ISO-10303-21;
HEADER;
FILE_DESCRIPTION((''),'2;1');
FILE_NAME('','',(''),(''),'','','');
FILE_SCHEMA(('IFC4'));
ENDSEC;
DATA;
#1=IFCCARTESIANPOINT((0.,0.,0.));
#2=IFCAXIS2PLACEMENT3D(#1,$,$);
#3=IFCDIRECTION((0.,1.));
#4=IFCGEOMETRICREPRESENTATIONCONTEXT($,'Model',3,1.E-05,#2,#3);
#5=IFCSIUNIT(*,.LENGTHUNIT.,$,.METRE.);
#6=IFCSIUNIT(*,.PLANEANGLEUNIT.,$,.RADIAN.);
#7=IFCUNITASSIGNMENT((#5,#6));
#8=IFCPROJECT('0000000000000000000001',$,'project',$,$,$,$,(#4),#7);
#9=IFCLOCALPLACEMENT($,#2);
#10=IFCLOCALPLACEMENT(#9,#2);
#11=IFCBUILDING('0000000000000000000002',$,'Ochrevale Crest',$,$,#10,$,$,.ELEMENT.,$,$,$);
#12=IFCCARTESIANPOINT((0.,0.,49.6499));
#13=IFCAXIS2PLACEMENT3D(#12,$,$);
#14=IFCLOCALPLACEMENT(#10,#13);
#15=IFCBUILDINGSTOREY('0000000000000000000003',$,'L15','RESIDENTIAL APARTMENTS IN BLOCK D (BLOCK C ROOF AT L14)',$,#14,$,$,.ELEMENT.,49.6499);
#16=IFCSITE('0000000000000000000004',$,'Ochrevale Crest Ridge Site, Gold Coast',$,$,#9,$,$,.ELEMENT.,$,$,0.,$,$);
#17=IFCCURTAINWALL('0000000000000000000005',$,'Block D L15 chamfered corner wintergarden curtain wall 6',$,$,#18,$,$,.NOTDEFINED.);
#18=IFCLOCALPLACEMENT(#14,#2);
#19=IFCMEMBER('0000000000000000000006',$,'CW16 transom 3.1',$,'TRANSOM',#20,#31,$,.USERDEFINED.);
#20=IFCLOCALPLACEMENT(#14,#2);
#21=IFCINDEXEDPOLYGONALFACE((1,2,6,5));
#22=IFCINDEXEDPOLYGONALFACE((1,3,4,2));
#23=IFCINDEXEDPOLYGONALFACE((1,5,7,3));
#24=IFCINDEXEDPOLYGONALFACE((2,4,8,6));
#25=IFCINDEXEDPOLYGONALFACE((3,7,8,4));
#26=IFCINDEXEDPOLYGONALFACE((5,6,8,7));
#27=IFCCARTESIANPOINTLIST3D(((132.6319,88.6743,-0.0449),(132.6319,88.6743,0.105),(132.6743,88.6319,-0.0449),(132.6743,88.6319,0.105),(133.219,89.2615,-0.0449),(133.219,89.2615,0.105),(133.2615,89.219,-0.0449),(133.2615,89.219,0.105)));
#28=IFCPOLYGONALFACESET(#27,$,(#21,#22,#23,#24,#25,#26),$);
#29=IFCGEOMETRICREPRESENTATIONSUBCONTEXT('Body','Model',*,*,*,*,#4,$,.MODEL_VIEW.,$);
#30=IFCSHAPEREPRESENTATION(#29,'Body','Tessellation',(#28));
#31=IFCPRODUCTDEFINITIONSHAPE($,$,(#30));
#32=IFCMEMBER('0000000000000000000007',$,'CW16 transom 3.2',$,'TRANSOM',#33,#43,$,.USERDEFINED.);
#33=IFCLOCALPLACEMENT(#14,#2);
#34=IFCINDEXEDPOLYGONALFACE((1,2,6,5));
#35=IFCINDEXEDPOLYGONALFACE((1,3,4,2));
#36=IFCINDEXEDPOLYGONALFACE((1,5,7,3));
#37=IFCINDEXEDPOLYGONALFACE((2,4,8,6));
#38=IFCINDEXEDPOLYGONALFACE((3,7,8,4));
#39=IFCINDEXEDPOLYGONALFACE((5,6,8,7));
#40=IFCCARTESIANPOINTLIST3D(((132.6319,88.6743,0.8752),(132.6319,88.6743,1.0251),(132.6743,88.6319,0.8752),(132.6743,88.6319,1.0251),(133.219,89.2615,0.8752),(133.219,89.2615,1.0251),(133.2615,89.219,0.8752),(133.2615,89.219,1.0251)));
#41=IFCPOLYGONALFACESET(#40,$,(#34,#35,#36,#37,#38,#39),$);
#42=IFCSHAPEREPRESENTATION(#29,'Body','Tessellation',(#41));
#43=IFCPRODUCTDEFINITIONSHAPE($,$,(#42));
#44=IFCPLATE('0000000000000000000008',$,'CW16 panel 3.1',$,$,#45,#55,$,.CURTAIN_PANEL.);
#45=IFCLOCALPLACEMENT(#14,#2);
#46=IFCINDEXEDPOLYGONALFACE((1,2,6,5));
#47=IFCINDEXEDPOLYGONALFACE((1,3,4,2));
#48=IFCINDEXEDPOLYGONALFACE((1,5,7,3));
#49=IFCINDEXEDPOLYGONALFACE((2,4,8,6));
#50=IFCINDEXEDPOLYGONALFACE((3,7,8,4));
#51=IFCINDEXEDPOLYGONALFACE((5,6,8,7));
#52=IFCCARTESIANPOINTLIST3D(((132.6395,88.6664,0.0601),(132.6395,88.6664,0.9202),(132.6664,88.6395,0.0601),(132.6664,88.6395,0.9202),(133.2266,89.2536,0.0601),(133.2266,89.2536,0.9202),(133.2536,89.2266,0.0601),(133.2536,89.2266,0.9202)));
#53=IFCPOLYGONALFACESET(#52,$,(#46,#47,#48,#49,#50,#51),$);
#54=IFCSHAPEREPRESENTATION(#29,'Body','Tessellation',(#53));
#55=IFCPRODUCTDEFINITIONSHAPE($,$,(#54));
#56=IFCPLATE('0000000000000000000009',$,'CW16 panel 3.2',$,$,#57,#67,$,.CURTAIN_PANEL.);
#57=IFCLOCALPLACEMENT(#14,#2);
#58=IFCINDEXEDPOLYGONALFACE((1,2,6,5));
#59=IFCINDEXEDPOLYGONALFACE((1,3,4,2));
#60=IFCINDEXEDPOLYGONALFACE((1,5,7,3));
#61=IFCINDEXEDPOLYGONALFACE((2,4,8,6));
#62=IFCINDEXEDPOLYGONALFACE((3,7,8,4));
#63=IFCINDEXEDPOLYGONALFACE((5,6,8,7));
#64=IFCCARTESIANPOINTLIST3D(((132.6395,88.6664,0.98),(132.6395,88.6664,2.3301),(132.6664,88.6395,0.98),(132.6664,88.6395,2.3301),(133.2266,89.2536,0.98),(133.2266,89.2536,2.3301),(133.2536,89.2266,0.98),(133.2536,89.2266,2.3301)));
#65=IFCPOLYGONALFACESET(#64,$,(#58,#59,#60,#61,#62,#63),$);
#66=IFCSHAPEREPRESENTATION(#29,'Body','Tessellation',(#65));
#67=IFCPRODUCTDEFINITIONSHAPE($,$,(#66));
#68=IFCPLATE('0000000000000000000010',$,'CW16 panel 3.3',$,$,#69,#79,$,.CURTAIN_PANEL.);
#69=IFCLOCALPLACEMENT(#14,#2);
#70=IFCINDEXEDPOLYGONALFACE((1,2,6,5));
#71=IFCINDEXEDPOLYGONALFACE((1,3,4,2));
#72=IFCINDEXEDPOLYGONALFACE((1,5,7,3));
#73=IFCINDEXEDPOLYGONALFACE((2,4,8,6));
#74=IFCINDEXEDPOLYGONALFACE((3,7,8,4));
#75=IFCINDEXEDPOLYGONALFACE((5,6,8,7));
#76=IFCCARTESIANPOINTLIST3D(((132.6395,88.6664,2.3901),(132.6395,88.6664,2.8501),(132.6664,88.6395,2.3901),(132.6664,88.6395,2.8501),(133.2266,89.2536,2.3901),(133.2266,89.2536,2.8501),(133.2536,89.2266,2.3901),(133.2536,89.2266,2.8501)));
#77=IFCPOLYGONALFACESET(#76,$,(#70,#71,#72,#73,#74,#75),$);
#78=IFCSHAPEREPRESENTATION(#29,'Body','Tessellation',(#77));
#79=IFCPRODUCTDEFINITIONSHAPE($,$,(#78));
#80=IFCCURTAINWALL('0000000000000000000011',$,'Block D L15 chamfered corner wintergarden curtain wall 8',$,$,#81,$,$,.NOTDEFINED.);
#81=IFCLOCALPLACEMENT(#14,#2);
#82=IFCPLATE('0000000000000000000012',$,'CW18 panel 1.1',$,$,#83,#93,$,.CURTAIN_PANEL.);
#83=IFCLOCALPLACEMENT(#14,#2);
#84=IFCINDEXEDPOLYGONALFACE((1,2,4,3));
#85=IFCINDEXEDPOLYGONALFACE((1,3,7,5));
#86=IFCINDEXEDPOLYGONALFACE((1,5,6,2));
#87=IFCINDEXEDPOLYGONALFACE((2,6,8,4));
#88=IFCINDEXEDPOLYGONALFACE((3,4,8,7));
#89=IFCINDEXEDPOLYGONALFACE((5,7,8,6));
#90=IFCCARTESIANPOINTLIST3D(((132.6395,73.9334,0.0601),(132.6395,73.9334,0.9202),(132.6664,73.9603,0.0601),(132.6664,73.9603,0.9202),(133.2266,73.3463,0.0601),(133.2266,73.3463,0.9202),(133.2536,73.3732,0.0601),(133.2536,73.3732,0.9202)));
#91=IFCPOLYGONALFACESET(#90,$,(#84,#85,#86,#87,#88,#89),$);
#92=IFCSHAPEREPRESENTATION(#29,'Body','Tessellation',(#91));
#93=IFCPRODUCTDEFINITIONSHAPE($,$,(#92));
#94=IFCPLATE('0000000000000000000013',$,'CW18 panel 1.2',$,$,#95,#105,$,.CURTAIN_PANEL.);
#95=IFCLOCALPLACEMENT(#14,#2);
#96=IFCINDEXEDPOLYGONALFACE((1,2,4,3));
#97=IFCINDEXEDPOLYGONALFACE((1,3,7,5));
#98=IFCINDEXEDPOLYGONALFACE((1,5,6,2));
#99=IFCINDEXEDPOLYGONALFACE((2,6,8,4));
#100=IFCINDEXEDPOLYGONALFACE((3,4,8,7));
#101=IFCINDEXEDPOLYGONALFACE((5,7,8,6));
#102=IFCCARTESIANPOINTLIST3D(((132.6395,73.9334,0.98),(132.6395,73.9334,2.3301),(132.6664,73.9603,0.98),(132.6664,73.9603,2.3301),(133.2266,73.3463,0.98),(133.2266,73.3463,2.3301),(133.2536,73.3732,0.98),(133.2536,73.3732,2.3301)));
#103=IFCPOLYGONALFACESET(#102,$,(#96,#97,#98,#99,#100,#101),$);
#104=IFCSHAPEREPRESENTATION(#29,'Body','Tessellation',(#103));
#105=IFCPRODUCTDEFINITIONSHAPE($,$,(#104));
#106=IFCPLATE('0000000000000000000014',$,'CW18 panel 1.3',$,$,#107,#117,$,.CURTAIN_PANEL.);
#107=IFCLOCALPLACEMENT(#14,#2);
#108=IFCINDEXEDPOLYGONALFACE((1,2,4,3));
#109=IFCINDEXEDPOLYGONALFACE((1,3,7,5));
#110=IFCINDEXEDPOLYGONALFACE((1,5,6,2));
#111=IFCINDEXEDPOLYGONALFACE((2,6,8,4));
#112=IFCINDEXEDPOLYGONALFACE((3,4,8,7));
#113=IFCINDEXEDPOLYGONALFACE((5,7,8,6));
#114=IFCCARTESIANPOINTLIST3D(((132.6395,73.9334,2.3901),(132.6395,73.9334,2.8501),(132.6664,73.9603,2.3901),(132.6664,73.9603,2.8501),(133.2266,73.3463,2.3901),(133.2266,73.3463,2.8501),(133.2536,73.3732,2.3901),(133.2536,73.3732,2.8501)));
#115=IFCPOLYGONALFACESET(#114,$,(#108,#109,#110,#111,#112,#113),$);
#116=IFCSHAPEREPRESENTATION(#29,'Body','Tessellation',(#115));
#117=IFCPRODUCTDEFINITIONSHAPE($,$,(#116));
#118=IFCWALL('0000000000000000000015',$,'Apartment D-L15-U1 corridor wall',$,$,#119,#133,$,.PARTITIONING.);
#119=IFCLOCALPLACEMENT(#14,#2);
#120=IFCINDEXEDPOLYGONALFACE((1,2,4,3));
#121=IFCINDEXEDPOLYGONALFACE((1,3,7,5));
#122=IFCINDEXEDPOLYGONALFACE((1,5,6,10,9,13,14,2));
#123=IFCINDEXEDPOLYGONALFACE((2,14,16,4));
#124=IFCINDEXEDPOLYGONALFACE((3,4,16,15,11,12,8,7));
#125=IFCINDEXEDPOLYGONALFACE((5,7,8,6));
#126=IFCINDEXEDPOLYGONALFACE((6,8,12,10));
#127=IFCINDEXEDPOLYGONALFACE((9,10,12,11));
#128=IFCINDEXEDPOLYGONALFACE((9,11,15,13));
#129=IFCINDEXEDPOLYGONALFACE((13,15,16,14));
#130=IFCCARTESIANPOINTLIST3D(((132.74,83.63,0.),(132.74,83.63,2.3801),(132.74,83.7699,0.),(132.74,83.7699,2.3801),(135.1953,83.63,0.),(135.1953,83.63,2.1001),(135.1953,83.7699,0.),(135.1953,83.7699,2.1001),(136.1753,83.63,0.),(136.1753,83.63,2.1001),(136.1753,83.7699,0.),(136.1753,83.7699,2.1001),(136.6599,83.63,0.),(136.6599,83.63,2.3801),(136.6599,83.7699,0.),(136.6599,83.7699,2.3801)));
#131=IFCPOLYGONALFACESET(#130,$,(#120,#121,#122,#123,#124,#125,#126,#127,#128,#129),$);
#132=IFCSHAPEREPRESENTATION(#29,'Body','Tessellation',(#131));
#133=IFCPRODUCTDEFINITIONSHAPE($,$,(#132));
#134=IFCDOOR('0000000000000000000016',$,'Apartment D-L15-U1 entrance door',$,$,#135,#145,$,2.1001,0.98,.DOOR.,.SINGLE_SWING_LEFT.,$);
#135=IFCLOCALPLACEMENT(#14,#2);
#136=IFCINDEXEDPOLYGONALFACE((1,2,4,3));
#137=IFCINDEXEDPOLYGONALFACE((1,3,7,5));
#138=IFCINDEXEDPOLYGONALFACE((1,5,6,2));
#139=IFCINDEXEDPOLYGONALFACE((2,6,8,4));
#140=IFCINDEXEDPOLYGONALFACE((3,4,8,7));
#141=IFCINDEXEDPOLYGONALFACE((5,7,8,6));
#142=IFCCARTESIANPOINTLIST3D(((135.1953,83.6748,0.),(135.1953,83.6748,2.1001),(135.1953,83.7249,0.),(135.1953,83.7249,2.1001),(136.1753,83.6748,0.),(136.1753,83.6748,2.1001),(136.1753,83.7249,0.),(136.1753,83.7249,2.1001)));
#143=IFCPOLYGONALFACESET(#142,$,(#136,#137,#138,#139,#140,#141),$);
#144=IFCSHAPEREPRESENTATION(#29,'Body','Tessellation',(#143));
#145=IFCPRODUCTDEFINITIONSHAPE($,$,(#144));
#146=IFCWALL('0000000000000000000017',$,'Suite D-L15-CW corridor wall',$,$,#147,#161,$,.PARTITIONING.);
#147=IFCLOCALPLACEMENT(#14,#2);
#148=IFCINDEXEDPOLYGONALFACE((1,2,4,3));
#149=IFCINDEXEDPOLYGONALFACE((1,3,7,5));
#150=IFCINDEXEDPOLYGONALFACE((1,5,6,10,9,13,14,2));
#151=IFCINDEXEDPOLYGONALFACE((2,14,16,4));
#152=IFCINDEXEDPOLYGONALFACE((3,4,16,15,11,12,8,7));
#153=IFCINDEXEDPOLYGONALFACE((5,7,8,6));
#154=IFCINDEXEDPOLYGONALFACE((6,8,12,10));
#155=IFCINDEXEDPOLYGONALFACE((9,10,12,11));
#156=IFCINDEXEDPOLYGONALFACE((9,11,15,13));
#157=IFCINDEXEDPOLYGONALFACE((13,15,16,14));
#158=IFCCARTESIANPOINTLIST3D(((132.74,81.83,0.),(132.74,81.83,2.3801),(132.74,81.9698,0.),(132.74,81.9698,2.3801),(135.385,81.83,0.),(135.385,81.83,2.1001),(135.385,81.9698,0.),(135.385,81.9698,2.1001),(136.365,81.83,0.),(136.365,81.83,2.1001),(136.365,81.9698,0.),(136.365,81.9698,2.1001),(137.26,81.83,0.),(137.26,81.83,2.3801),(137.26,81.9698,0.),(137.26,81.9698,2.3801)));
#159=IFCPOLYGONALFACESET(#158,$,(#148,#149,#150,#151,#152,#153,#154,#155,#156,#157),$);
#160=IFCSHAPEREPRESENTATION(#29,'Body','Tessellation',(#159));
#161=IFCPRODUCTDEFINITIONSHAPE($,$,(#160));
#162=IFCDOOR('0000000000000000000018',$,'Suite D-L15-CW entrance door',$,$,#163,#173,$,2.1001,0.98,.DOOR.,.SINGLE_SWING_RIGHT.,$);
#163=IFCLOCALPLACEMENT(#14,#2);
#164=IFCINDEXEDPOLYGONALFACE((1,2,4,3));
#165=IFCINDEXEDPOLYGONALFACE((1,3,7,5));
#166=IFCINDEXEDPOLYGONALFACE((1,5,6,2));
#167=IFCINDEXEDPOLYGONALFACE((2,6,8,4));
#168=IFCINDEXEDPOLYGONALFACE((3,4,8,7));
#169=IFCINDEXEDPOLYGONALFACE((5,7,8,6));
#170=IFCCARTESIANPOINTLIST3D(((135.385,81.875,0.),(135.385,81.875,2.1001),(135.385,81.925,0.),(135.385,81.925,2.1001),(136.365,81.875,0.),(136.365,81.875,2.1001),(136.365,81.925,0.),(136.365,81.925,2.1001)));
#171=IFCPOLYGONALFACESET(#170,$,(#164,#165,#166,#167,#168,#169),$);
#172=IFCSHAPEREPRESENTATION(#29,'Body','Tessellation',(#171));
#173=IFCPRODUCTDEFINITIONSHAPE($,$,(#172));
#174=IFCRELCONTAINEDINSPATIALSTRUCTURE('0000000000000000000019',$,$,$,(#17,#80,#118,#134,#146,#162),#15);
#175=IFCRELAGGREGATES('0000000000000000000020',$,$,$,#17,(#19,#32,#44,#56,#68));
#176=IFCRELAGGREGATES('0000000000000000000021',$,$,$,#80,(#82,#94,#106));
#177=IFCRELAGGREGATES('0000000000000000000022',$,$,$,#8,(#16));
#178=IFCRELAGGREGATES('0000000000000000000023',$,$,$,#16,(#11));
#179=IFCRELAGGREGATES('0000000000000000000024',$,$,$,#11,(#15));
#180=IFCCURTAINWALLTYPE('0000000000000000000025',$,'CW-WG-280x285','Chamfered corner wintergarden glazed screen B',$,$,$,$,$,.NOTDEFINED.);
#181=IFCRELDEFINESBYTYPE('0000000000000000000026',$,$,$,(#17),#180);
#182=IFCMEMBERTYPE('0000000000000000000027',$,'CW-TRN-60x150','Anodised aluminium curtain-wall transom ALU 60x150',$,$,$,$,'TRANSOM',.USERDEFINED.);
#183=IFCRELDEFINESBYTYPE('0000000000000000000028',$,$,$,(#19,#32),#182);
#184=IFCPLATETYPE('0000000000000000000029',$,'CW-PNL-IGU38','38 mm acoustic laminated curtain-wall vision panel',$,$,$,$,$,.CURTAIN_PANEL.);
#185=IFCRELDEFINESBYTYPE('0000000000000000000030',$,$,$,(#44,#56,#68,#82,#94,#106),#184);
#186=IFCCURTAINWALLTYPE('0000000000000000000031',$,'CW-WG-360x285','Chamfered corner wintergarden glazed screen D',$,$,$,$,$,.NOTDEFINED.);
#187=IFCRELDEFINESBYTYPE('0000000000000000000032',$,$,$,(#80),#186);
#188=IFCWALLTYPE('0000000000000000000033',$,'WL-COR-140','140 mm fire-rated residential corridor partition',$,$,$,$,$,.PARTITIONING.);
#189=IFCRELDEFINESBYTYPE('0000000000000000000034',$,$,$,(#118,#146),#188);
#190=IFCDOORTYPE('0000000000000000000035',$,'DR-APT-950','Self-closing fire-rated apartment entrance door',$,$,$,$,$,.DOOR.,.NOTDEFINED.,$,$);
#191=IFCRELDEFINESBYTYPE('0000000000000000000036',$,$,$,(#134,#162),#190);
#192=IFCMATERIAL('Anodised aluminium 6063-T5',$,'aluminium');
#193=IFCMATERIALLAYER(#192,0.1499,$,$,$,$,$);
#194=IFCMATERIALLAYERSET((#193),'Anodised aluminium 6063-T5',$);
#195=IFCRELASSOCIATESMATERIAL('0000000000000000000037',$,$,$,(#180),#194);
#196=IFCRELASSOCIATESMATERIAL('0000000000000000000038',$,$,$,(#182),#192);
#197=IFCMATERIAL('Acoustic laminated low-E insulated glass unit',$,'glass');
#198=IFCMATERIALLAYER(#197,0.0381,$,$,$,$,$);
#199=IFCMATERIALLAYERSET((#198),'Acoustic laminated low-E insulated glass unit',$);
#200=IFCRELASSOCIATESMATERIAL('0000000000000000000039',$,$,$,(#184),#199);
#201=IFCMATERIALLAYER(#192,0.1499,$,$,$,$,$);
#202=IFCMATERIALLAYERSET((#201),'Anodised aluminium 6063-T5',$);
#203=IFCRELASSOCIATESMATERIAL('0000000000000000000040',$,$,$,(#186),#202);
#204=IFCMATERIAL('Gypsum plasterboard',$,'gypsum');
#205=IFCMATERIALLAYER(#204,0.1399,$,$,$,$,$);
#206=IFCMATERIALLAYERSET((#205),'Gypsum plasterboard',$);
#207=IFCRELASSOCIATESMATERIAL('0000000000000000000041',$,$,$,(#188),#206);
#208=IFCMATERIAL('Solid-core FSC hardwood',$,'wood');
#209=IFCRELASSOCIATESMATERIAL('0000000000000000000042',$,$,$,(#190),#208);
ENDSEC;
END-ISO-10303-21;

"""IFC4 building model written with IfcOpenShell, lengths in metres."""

from ifc_helpers import new_model, si_unit, direction, frame, frame_2d, origin, origin_2d, place, context, subcontext, project, spatial, rectangle, extrude, material, layer, layer_set, material_profile, profile_set, type_object, element, fill, aggregate, save


model = new_model("IFC4")

# Units and contexts
model_context = context("Model", 3, precision=1e-05, world=origin(), true_north=direction((0.0, 1.0)))
body_context = subcontext(model_context, "Body", "Model", "MODEL_VIEW")
ifc_project = project(units=[si_unit("LENGTHUNIT", "METRE"), si_unit("PLANEANGLEUNIT", "RADIAN")], contexts=[model_context])

# Site, building, storey
site_placement = place(None, origin())
site = spatial("IfcSite", under=ifc_project, at=site_placement, Name="Ochrevale Crest Ridge Site, Gold Coast", CompositionType="ELEMENT", RefElevation=0.0)
building_placement = place(site_placement, origin())
building = spatial("IfcBuilding", under=site, at=building_placement, Name="Ochrevale Crest", CompositionType="ELEMENT")
storey_placement = place(building_placement, frame((0.0, 0.0, 49.6499)))
storey = spatial("IfcBuildingStorey", under=building, at=storey_placement, Name="L15", Description="RESIDENTIAL APARTMENTS IN BLOCK D (BLOCK C ROOF AT L14)", CompositionType="ELEMENT", Elevation=49.6499)

# Curtain wall, members, plates
ifc_material_1 = material(Name="Anodised aluminium 6063-T5", Category="aluminium")
ifc_layer_1 = layer(ifc_material_1, 0.1499)
ifc_layer_set_1 = layer_set([ifc_layer_1], Name="Anodised aluminium 6063-T5")
curtain_wall_type_1 = type_object("IfcCurtainWallType", Name="CW-WG-280x285", Description="Chamfered corner wintergarden glazed screen B", PredefinedType="NOTDEFINED", material=ifc_layer_set_1)
curtain_wall_1_placement = place(storey_placement, origin())
curtain_wall_1 = element("IfcCurtainWall", 1, at=curtain_wall_1_placement, inside=storey, type_object=curtain_wall_type_1, Name="Block D L15 chamfered corner wintergarden curtain wall 6", PredefinedType="NOTDEFINED")
ifc_material_profile = material_profile(ifc_material_1, rectangle(XDim=0.0601, YDim=0.1499, at=origin_2d()), Name="ALU 60x150")
ifc_profile_set = profile_set([ifc_material_profile], Name="Anodised aluminium 6063-T5")
member_type = type_object("IfcMemberType", Name="CW-TRN-60x150", Description="Anodised aluminium curtain-wall transom ALU 60x150", ElementType="TRANSOM", PredefinedType="USERDEFINED", material=ifc_profile_set)
member_1_placement = place(storey_placement, frame((133.2402, 89.2402, 0.03), z_axis=(-0.707107, -0.707107, 0.0), x_axis=(0.707107, -0.707107, 0.0)))
member_1 = element("IfcMember", 2, at=member_1_placement, type_object=member_type, Name="CW16 transom 3.1", ObjectType="TRANSOM", PredefinedType="USERDEFINED", context=body_context, shape_type="SweptSolid", body=[
    extrude(rectangle(XDim=0.0601, YDim=0.1499, at=origin_2d()), origin(), (0.0, 0.0, 1.0), 0.8303),
])
member_2_placement = place(storey_placement, frame((133.2402, 89.2402, 0.9502), z_axis=(-0.707107, -0.707107, 0.0), x_axis=(0.707107, -0.707107, 0.0)))
member_2 = element("IfcMember", 3, at=member_2_placement, type_object=member_type, Name="CW16 transom 3.2", ObjectType="TRANSOM", PredefinedType="USERDEFINED", context=body_context, shape_type="SweptSolid", body=[
    extrude(rectangle(XDim=0.0601, YDim=0.1499, at=origin_2d()), origin(), (0.0, 0.0, 1.0), 0.8303),
])
ifc_material_2 = material(Name="Acoustic laminated low-E insulated glass unit", Category="glass")
ifc_layer_2 = layer(ifc_material_2, 0.0381)
ifc_layer_set_2 = layer_set([ifc_layer_2], Name="Acoustic laminated low-E insulated glass unit")
plate_type = type_object("IfcPlateType", Name="CW-PNL-IGU38", Description="38 mm acoustic laminated curtain-wall vision panel", PredefinedType="CURTAIN_PANEL", material=ifc_layer_set_2)
plate_1_placement = place(storey_placement, frame((132.9465, 88.9465, 0.0601), z_axis=(0.0, 0.0, 1.0), x_axis=(-0.707107, -0.707107, 0.0)))
plate_1 = element("IfcPlate", 4, at=plate_1_placement, type_object=plate_type, Name="CW16 panel 3.1", PredefinedType="CURTAIN_PANEL", context=body_context, shape_type="SweptSolid", body=[
    extrude(rectangle(XDim=0.8303, YDim=0.0381, at=origin_2d()), origin(), (0.0, 0.0, 1.0), 0.8601),
])
plate_2_placement = place(storey_placement, frame((132.9465, 88.9465, 0.98), z_axis=(0.0, 0.0, 1.0), x_axis=(-0.707107, -0.707107, 0.0)))
plate_2 = element("IfcPlate", 5, at=plate_2_placement, type_object=plate_type, Name="CW16 panel 3.2", PredefinedType="CURTAIN_PANEL", context=body_context, shape_type="SweptSolid", body=[
    extrude(rectangle(XDim=0.8303, YDim=0.0381, at=origin_2d()), origin(), (0.0, 0.0, 1.0), 1.3501),
])
plate_3_placement = place(storey_placement, frame((132.9465, 88.9465, 2.3901), z_axis=(0.0, 0.0, 1.0), x_axis=(-0.707107, -0.707107, 0.0)))
plate_3 = element("IfcPlate", 6, at=plate_3_placement, type_object=plate_type, Name="CW16 panel 3.3", PredefinedType="CURTAIN_PANEL", context=body_context, shape_type="SweptSolid", body=[
    extrude(rectangle(XDim=0.8303, YDim=0.0381, at=origin_2d()), origin(), (0.0, 0.0, 1.0), 0.46),
])
aggregate(curtain_wall_1, [member_1, member_2, plate_1, plate_2, plate_3])

# Curtain wall, plates
ifc_layer_3 = layer(ifc_material_1, 0.1499)
ifc_layer_set_3 = layer_set([ifc_layer_3], Name="Anodised aluminium 6063-T5")
curtain_wall_type_2 = type_object("IfcCurtainWallType", Name="CW-WG-360x285", Description="Chamfered corner wintergarden glazed screen D", PredefinedType="NOTDEFINED", material=ifc_layer_set_3)
curtain_wall_2_placement = place(storey_placement, origin())
curtain_wall_2 = element("IfcCurtainWall", 7, at=curtain_wall_2_placement, inside=storey, type_object=curtain_wall_type_2, Name="Block D L15 chamfered corner wintergarden curtain wall 8", PredefinedType="NOTDEFINED")
plate_4_placement = place(storey_placement, frame((132.9465, 73.6533, 0.0601), z_axis=(0.0, 0.0, 1.0), x_axis=(0.707107, -0.707107, 0.0)))
plate_4 = element("IfcPlate", 8, at=plate_4_placement, type_object=plate_type, Name="CW18 panel 1.1", PredefinedType="CURTAIN_PANEL", context=body_context, shape_type="SweptSolid", body=[
    extrude(rectangle(XDim=0.8303, YDim=0.0381, at=origin_2d()), origin(), (0.0, 0.0, 1.0), 0.8601),
])
plate_5_placement = place(storey_placement, frame((132.9465, 73.6533, 0.98), z_axis=(0.0, 0.0, 1.0), x_axis=(0.707107, -0.707107, 0.0)))
plate_5 = element("IfcPlate", 9, at=plate_5_placement, type_object=plate_type, Name="CW18 panel 1.2", PredefinedType="CURTAIN_PANEL", context=body_context, shape_type="SweptSolid", body=[
    extrude(rectangle(XDim=0.8303, YDim=0.0381, at=origin_2d()), origin(), (0.0, 0.0, 1.0), 1.3501),
])
plate_6_placement = place(storey_placement, frame((132.9465, 73.6533, 2.3901), z_axis=(0.0, 0.0, 1.0), x_axis=(0.707107, -0.707107, 0.0)))
plate_6 = element("IfcPlate", 10, at=plate_6_placement, type_object=plate_type, Name="CW18 panel 1.3", PredefinedType="CURTAIN_PANEL", context=body_context, shape_type="SweptSolid", body=[
    extrude(rectangle(XDim=0.8303, YDim=0.0381, at=origin_2d()), origin(), (0.0, 0.0, 1.0), 0.46),
])
aggregate(curtain_wall_2, [plate_4, plate_5, plate_6])

# Walls, openings, doors
ifc_material_3 = material(Name="Gypsum plasterboard", Category="gypsum")
ifc_layer_4 = layer(ifc_material_3, 0.1399)
ifc_layer_set_4 = layer_set([ifc_layer_4], Name="Gypsum plasterboard")
wall_type_1 = type_object("IfcWallType", Name="WL-COR-140", Description="140 mm fire-rated residential corridor partition", PredefinedType="PARTITIONING", material=ifc_layer_set_4)
wall_1_placement = place(storey_placement, frame((132.74, 83.7, 0.0), z_axis=(0.0, 0.0, 1.0), x_axis=(1.0, 0.0, 0.0)))
wall_1 = element("IfcWall", 11, at=wall_1_placement, inside=storey, type_object=wall_type_1, Name="Apartment D-L15-U1 corridor wall", PredefinedType="PARTITIONING", context=body_context, shape_type="SweptSolid", body=[
    extrude(rectangle(XDim=3.9199, YDim=0.1399, at=frame_2d((1.96, 0.0))), origin(), (0.0, 0.0, 1.0), 2.3801),
])
opening_1_placement = place(wall_1_placement, frame((2.4553, 0.0, 0.0)))
opening_1 = element("IfcOpeningElement", 12, at=opening_1_placement, cuts=wall_1, PredefinedType="OPENING", context=body_context, shape_type="SweptSolid", body=[
    extrude(rectangle(XDim=0.98, YDim=2.1001, at=frame_2d((0.49, 1.05))), frame((0.0, 0.0801, 0.0), z_axis=(0.0, -1.0, 0.0), x_axis=(1.0, 0.0, 0.0)), (0.0, 0.0, 1.0), 0.1599),
])
ifc_material_4 = material(Name="Solid-core FSC hardwood", Category="wood")
door_type_1 = type_object("IfcDoorType", Name="DR-APT-950", Description="Self-closing fire-rated apartment entrance door", OperationType="NOTDEFINED", PredefinedType="DOOR", material=ifc_material_4)
door_1_placement = place(opening_1_placement, origin())
door_1 = element("IfcDoor", 13, at=door_1_placement, inside=storey, type_object=door_type_1, Name="Apartment D-L15-U1 entrance door", OperationType="SINGLE_SWING_LEFT", OverallHeight=2.1001, OverallWidth=0.98, PredefinedType="DOOR", context=body_context, shape_type="SweptSolid", body=[
    extrude(rectangle(XDim=0.98, YDim=2.1001, at=frame_2d((0.49, 1.05))), frame((0.0, 0.0249, 0.0), z_axis=(0.0, -1.0, 0.0), x_axis=(1.0, 0.0, 0.0)), (0.0, 0.0, 1.0), 0.05),
])
fill(opening_1, door_1)
wall_2_placement = place(storey_placement, frame((132.74, 81.8999, 0.0), z_axis=(0.0, 0.0, 1.0), x_axis=(1.0, 0.0, 0.0)))
wall_2 = element("IfcWall", 14, at=wall_2_placement, inside=storey, type_object=wall_type_1, Name="Suite D-L15-CW corridor wall", PredefinedType="PARTITIONING", context=body_context, shape_type="SweptSolid", body=[
    extrude(rectangle(XDim=4.52, YDim=0.1399, at=frame_2d((2.26, 0.0))), origin(), (0.0, 0.0, 1.0), 2.3801),
])
opening_2_placement = place(wall_2_placement, frame((3.625, 0.0, 0.0), z_axis=(0.0, 0.0, 1.0), x_axis=(-1.0, 0.0, 0.0)))
opening_2 = element("IfcOpeningElement", 15, at=opening_2_placement, cuts=wall_2, PredefinedType="OPENING", context=body_context, shape_type="SweptSolid", body=[
    extrude(rectangle(XDim=0.98, YDim=2.1001, at=frame_2d((0.49, 1.05))), frame((0.0, 0.0801, 0.0), z_axis=(0.0, -1.0, 0.0), x_axis=(1.0, 0.0, 0.0)), (0.0, 0.0, 1.0), 0.1599),
])
door_2_placement = place(opening_2_placement, origin())
door_2 = element("IfcDoor", 16, at=door_2_placement, inside=storey, type_object=door_type_1, Name="Suite D-L15-CW entrance door", OperationType="SINGLE_SWING_RIGHT", OverallHeight=2.1001, OverallWidth=0.98, PredefinedType="DOOR", context=body_context, shape_type="SweptSolid", body=[
    extrude(rectangle(XDim=0.98, YDim=2.1001, at=frame_2d((0.49, 1.05))), frame((0.0, 0.0249, 0.0), z_axis=(0.0, -1.0, 0.0), x_axis=(1.0, 0.0, 0.0)), (0.0, 0.0, 1.0), 0.05),
])
fill(opening_2, door_2)

save(model, "model.ifc")
